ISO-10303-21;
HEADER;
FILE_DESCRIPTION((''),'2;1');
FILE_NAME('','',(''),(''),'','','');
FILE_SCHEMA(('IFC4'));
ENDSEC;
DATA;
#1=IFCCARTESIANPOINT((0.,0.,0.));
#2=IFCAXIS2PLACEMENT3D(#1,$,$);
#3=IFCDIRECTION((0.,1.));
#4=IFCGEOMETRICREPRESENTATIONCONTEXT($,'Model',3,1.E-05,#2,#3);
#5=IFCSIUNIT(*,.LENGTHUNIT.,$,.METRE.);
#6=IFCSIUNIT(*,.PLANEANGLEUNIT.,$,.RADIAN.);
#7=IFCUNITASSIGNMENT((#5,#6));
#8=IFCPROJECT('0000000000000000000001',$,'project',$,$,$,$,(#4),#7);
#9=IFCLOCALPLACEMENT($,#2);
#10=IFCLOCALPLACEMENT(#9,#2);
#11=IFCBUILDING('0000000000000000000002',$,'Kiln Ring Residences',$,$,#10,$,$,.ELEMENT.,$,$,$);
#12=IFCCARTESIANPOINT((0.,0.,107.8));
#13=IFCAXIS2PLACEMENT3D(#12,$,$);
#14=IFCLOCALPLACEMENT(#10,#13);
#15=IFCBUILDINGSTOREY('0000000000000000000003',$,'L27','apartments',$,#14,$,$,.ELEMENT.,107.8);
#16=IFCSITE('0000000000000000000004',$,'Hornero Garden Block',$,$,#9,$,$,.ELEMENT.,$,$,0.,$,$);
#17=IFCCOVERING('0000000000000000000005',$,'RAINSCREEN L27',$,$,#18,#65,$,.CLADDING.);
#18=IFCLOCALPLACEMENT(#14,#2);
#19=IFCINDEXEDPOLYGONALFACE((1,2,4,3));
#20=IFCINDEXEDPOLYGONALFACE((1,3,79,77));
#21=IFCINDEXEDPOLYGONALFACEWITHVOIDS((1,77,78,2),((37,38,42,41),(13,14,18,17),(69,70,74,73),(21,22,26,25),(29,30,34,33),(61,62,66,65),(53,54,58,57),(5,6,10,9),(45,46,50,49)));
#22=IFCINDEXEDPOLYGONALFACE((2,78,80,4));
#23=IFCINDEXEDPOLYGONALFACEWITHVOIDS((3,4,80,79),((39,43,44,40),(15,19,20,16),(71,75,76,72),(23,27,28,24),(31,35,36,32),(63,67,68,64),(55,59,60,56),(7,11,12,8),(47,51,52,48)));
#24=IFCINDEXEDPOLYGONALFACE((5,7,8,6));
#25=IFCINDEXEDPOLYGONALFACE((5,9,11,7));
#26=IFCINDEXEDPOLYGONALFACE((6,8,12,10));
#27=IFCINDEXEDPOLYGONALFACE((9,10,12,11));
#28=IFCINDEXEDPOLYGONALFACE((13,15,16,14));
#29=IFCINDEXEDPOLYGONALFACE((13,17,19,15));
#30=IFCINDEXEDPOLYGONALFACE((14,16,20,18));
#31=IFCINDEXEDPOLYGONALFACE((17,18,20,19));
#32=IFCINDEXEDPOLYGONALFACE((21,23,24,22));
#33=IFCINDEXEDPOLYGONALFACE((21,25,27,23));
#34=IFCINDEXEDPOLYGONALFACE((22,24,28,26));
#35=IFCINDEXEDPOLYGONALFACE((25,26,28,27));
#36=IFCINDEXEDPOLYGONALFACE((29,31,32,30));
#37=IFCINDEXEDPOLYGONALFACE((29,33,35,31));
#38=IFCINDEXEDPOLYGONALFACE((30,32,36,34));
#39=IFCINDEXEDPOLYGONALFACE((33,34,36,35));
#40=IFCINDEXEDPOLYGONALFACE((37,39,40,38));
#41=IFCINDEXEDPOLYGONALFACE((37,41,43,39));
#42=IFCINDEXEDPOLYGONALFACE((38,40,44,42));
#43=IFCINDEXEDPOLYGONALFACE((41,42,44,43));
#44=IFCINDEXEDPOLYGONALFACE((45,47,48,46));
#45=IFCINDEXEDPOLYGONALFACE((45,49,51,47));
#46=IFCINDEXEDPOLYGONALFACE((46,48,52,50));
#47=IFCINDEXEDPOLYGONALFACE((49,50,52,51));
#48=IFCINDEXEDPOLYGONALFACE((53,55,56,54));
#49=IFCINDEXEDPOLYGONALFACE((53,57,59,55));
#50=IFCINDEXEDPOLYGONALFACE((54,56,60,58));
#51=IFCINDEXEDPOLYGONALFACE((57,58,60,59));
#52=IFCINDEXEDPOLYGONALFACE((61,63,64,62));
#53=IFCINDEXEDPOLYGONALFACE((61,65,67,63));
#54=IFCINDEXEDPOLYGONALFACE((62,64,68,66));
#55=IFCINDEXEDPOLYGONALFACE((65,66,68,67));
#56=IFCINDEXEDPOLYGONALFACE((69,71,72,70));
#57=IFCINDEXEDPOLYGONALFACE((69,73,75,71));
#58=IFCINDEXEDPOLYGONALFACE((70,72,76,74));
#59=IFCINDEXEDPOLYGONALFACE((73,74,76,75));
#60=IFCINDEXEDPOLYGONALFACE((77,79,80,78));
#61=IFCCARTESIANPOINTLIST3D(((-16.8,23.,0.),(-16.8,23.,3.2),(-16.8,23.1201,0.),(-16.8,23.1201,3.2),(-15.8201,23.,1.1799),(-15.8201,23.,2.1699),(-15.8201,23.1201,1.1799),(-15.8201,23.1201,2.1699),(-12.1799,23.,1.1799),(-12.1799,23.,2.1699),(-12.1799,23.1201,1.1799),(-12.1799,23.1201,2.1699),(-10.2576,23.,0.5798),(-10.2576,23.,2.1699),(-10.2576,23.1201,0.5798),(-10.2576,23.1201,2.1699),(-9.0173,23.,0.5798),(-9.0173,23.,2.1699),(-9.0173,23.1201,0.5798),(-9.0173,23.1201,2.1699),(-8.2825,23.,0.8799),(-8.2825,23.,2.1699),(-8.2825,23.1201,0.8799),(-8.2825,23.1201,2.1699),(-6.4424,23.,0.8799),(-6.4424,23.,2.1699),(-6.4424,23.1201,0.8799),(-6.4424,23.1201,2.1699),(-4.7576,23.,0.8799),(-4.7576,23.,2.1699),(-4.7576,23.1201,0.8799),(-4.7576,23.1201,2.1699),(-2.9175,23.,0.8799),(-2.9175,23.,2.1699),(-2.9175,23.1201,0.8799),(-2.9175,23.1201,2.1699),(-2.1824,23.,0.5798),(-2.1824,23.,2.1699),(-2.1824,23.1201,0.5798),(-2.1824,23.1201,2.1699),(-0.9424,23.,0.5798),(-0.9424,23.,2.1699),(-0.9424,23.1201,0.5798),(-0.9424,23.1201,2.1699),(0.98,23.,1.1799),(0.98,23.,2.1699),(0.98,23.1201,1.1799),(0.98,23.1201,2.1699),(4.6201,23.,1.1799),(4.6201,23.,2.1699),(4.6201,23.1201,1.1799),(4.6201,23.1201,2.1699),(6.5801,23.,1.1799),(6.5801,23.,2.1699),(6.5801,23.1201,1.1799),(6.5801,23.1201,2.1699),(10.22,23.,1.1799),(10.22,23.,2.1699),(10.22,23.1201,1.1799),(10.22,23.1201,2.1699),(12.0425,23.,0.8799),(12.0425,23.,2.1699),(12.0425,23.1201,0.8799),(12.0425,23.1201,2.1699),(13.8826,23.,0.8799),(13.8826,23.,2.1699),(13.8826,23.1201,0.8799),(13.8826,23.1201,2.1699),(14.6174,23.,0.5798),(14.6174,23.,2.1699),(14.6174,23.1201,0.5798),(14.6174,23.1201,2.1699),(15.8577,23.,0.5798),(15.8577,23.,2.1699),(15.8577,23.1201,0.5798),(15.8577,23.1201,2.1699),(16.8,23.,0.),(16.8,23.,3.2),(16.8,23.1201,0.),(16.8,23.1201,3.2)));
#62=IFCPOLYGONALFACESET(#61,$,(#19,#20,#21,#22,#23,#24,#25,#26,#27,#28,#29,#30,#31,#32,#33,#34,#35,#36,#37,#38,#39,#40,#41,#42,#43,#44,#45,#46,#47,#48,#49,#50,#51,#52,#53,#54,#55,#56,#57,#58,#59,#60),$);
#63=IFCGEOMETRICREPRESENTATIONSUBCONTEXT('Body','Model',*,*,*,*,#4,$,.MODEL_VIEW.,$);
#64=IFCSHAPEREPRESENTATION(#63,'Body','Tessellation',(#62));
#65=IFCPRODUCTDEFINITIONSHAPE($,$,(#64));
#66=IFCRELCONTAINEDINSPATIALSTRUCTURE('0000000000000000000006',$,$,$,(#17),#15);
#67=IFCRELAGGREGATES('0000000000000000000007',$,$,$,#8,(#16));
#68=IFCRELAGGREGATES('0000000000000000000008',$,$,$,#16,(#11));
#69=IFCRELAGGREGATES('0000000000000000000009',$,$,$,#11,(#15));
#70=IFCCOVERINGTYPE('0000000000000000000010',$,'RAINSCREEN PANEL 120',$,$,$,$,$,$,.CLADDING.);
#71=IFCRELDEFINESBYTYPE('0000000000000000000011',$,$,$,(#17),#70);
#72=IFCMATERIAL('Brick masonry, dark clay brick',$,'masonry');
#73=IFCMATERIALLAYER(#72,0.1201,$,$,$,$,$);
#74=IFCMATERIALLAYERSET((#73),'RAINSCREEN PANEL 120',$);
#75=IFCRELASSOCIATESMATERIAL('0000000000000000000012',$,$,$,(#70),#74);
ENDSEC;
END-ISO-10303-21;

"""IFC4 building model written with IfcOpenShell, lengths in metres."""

from ifc_helpers import new_model, si_unit, direction, frame, origin, place, context, subcontext, project, spatial, polyline, outline, extrude, material, layer, layer_set, type_object, element, save


model = new_model("IFC4")

# Units and contexts
model_context = context("Model", 3, precision=1e-05, world=origin(), true_north=direction((0.0, 1.0)))
body_context = subcontext(model_context, "Body", "Model", "MODEL_VIEW")
ifc_project = project(units=[si_unit("LENGTHUNIT", "METRE"), si_unit("PLANEANGLEUNIT", "RADIAN")], contexts=[model_context])

# Site, building, storey
site_placement = place(None, origin())
site = spatial("IfcSite", under=ifc_project, at=site_placement, Name="Hornero Garden Block", CompositionType="ELEMENT", RefElevation=0.0)
building_placement = place(site_placement, origin())
building = spatial("IfcBuilding", under=site, at=building_placement, Name="Kiln Ring Residences", CompositionType="ELEMENT")
storey_placement = place(building_placement, frame((0.0, 0.0, 107.8)))
storey = spatial("IfcBuildingStorey", under=building, at=storey_placement, Name="L27", Description="apartments", CompositionType="ELEMENT", Elevation=107.8)

# Covering
ifc_material_1 = material(Name="Brick masonry, dark clay brick", Category="masonry")
ifc_layer_1 = layer(ifc_material_1, 0.1201)
ifc_layer_set_1 = layer_set([ifc_layer_1], Name="RAINSCREEN PANEL 120")
covering_type = type_object("IfcCoveringType", Name="RAINSCREEN PANEL 120", PredefinedType="CLADDING", material=ifc_layer_set_1)
covering_placement = place(storey_placement, frame((16.8, 23.0601, 0.0), z_axis=(0.0, 0.0, 1.0), x_axis=(-1.0, 0.0, 0.0)))
element("IfcCovering", 1, at=covering_placement, inside=storey, type_object=covering_type, Name="RAINSCREEN L27", PredefinedType="CLADDING", context=body_context, shape_type="SweptSolid", body=[
    extrude(outline(polyline([(0.0, 0.0), (33.6001, 0.0), (33.6001, 3.2), (0.0, 3.2), (0.0, 0.0)]), holes=[polyline([(0.9424, 0.5798), (2.1826, 0.5798), (2.1826, 2.1699), (0.9424, 2.1699), (0.9424, 0.5798)]), polyline([(17.7424, 0.5798), (18.9824, 0.5798), (18.9824, 2.1699), (17.7424, 2.1699), (17.7424, 0.5798)]), polyline([(25.8174, 0.5798), (27.0576, 0.5798), (27.0576, 2.1699), (25.8174, 2.1699), (25.8174, 0.5798)]), polyline([(2.9175, 0.8799), (4.7576, 0.8799), (4.7576, 2.1699), (2.9175, 2.1699), (2.9175, 0.8799)]), polyline([(19.7175, 0.8799), (21.5576, 0.8799), (21.5576, 2.1699), (19.7175, 2.1699), (19.7175, 0.8799)]), polyline([(23.2424, 0.8799), (25.0825, 0.8799), (25.0825, 2.1699), (23.2424, 2.1699), (23.2424, 0.8799)]), polyline([(6.5801, 1.1799), (10.22, 1.1799), (10.22, 2.1699), (6.5801, 2.1699), (6.5801, 1.1799)]), polyline([(12.1799, 2.1699), (12.1799, 1.1799), (15.8201, 1.1799), (15.8201, 2.1699), (12.1799, 2.1699)]), polyline([(28.98, 2.1699), (28.98, 1.1799), (32.6201, 1.1799), (32.6201, 2.1699), (28.98, 2.1699)])]), frame((0.0, 0.0601, 0.0), z_axis=(0.0, -1.0, 0.0), x_axis=(1.0, 0.0, 0.0)), (0.0, 0.0, 1.0), 0.1201),
])

save(model, "model.ifc")
